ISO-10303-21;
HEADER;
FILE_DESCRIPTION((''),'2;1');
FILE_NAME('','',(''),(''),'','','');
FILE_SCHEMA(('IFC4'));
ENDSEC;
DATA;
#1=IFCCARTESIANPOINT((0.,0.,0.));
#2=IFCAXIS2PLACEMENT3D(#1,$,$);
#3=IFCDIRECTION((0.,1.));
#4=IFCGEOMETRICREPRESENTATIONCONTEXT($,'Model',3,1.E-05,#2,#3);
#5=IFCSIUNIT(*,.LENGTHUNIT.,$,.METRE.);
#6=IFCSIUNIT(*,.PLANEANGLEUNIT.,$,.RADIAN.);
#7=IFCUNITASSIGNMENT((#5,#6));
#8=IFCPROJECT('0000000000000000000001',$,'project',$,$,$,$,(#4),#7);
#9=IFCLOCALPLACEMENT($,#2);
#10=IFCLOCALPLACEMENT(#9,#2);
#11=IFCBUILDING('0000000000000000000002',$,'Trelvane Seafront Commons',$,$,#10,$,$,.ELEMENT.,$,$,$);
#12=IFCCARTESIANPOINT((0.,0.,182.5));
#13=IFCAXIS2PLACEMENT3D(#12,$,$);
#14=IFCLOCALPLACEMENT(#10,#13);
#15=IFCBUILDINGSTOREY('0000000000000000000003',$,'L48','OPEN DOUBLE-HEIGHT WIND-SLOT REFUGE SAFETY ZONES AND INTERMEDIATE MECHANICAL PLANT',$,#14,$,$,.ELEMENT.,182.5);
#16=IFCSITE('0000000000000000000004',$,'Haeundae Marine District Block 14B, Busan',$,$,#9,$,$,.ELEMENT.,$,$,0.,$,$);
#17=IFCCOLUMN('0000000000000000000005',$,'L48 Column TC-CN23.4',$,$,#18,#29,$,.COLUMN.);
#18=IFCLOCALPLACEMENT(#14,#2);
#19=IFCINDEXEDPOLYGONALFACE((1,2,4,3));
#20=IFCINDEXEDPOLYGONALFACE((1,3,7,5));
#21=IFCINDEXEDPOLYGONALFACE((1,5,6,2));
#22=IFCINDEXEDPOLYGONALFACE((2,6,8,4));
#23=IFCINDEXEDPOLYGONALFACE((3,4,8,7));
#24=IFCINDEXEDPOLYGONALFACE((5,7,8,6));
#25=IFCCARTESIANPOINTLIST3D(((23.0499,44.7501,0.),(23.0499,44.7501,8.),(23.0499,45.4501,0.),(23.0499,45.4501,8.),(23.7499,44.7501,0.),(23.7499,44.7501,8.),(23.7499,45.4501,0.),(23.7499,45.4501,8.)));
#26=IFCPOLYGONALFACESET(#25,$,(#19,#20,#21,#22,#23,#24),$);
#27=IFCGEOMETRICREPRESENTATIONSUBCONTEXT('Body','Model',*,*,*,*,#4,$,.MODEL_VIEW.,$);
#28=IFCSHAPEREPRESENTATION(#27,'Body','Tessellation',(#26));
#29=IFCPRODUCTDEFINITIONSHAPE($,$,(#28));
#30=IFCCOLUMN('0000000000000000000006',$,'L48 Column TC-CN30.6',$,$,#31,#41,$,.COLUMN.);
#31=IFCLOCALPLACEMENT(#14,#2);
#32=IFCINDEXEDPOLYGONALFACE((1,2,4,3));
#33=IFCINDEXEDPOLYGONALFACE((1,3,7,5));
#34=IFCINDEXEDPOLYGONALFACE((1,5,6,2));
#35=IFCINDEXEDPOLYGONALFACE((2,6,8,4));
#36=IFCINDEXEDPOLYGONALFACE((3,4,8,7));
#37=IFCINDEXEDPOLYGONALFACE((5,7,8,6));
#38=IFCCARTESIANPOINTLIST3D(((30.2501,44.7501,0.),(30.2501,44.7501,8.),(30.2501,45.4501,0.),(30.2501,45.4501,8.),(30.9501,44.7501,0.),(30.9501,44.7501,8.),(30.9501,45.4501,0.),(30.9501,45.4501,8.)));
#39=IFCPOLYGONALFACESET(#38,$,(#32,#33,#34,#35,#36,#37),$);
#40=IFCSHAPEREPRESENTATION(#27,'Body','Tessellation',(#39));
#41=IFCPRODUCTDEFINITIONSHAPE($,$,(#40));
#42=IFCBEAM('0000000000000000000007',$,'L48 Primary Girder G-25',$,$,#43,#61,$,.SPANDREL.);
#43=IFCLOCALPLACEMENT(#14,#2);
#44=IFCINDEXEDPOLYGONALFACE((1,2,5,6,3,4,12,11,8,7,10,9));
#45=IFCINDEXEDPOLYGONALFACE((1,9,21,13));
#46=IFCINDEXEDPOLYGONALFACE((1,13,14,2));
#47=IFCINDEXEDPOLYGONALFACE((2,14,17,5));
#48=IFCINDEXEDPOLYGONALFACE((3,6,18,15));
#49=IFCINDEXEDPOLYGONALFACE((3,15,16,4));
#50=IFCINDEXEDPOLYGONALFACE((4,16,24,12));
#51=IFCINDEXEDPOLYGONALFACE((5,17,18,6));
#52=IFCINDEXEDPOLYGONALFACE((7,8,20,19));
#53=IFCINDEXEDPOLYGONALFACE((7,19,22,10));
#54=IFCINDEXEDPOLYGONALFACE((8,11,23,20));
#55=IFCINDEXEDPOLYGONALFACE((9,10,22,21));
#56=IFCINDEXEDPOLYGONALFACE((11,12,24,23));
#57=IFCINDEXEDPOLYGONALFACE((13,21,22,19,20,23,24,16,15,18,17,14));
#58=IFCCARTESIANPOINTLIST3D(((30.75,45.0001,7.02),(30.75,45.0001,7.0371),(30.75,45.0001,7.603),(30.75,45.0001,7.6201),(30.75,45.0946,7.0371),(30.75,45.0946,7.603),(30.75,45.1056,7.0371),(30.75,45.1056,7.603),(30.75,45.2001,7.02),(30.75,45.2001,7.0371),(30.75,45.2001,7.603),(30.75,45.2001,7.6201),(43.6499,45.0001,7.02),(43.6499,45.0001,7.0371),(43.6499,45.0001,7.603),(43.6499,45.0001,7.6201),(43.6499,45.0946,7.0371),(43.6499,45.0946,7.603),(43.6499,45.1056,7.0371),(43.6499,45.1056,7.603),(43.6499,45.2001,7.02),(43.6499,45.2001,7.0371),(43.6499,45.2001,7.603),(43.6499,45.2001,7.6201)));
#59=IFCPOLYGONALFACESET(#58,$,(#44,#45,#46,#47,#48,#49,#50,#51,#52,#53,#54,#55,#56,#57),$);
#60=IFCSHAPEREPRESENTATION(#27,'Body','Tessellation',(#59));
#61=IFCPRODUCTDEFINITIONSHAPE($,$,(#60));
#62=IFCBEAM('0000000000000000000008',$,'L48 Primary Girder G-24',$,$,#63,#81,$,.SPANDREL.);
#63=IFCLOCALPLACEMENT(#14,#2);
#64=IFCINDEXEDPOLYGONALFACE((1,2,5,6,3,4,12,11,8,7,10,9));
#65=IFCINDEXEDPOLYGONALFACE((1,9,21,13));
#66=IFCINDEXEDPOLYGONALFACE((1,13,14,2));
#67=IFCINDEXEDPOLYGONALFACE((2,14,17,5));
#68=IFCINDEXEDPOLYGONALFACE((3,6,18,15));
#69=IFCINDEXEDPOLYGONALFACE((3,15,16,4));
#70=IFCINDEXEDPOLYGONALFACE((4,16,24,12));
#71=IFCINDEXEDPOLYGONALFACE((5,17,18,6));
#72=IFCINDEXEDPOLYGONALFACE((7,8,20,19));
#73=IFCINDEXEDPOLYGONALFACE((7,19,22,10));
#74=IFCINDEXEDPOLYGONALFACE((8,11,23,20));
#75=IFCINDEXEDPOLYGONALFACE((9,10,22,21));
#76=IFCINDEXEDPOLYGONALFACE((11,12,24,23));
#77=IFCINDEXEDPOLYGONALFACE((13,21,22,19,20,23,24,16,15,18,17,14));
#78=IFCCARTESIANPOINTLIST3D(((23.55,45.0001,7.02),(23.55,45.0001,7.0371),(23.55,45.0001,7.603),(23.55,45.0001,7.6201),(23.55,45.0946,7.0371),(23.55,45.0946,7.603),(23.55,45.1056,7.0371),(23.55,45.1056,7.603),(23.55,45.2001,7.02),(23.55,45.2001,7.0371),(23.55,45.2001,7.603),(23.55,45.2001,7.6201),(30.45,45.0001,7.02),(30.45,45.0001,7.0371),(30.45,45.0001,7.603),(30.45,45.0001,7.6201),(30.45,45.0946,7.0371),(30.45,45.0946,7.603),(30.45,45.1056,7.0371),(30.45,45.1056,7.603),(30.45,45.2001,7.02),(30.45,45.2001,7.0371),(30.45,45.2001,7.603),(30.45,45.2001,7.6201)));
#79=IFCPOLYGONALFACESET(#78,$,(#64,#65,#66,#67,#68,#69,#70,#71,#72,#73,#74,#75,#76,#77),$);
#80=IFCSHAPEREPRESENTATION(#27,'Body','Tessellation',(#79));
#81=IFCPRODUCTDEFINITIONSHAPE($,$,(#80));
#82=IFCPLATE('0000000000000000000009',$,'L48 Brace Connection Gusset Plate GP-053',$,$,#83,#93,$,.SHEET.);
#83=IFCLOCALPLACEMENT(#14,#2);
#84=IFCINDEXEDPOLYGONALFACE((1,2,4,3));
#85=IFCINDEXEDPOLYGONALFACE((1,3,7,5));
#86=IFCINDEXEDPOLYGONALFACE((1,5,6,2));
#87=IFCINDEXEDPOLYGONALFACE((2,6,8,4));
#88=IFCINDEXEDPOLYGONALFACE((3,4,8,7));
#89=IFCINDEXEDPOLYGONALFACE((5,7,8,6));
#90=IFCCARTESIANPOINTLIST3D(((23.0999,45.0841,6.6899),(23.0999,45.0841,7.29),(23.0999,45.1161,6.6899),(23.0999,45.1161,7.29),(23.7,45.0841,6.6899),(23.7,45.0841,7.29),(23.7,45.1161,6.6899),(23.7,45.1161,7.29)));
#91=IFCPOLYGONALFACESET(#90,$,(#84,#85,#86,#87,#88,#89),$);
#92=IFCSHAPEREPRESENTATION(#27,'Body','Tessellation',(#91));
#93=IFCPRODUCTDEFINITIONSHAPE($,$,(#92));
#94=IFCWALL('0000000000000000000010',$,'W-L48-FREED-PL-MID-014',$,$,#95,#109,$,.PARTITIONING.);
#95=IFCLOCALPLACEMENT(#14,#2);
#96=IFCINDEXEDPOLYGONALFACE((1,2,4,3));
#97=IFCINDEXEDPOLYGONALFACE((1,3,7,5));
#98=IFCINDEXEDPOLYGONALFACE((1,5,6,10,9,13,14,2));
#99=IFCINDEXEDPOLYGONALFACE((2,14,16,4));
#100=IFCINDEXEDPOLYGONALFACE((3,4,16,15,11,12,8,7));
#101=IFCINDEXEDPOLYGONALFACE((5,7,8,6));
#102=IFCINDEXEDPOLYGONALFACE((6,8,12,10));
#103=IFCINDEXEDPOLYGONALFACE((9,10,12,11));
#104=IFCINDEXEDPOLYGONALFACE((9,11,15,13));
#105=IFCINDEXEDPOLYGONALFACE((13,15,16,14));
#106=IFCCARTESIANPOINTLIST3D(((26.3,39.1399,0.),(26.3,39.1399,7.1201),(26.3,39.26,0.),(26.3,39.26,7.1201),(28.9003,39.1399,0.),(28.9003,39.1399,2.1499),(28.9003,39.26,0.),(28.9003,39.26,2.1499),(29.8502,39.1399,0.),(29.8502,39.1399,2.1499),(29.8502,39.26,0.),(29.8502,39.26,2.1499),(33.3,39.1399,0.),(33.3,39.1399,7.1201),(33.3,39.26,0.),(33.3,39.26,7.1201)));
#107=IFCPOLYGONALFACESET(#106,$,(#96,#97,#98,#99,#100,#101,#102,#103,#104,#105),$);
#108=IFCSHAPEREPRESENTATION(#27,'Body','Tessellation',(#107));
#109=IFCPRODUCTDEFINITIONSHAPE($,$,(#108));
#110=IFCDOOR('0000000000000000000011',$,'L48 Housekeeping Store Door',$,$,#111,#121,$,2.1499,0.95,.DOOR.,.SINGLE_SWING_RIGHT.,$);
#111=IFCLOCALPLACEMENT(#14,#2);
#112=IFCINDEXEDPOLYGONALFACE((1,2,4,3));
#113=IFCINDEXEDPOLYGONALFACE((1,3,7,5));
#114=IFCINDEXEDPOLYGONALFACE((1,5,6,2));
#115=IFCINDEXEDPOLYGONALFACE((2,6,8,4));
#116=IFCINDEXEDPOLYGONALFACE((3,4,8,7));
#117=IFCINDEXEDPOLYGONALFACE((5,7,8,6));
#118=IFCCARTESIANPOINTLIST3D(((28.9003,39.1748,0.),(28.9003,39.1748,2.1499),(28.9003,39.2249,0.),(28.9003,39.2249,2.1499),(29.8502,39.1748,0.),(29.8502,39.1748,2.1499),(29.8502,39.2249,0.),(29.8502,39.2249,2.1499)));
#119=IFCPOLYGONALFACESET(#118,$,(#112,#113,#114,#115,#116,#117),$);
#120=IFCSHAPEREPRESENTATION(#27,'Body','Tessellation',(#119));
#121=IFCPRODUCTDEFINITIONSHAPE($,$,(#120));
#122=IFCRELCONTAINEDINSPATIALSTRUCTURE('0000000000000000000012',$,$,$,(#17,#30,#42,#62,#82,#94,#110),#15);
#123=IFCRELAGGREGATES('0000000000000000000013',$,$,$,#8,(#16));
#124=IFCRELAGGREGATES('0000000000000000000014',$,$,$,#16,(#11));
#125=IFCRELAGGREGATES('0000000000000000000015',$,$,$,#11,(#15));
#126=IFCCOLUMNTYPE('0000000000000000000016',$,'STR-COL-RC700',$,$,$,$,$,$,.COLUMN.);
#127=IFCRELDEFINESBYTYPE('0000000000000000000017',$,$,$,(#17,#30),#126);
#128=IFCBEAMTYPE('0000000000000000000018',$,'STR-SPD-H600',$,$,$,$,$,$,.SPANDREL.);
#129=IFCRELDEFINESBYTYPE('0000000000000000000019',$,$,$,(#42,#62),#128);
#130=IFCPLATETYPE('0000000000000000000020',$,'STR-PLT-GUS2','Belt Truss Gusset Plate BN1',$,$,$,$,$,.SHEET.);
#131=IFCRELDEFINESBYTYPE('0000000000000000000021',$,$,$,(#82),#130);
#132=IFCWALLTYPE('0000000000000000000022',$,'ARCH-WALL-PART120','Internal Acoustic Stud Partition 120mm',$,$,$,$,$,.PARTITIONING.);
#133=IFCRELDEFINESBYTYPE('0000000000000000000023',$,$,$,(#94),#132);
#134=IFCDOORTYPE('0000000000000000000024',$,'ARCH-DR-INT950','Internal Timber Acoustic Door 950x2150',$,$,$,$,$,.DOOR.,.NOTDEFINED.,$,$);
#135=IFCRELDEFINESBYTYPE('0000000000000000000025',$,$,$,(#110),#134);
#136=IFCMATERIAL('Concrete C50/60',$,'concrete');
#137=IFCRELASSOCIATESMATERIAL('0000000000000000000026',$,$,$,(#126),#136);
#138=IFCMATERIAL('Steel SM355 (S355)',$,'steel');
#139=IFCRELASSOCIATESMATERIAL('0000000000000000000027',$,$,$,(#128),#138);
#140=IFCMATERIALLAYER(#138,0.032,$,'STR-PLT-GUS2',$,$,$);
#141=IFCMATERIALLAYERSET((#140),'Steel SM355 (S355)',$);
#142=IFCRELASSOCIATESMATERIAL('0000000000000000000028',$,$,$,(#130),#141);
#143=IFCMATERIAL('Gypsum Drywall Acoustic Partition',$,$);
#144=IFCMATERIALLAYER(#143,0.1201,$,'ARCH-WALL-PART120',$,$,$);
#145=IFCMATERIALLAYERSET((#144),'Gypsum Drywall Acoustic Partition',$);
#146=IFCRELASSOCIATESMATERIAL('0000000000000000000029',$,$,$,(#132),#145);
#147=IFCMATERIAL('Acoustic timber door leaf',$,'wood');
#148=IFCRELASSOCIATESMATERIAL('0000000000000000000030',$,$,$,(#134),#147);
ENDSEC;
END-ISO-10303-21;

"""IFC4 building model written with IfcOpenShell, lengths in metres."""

from ifc_helpers import new_model, si_unit, direction, frame, frame_2d, origin, origin_2d, place, context, subcontext, project, spatial, rectangle, i_section, extrude, source, transform, mapped, material, layer, layer_set, material_profile, profile_set, type_object, element, fill, save


model = new_model("IFC4")

# Units and contexts
model_context = context("Model", 3, precision=1e-05, world=origin(), true_north=direction((0.0, 1.0)))
body_context = subcontext(model_context, "Body", "Model", "MODEL_VIEW")
ifc_project = project(units=[si_unit("LENGTHUNIT", "METRE"), si_unit("PLANEANGLEUNIT", "RADIAN")], contexts=[model_context])

# Site, building, storey
site_placement = place(None, origin())
site = spatial("IfcSite", under=ifc_project, at=site_placement, Name="Haeundae Marine District Block 14B, Busan", CompositionType="ELEMENT", RefElevation=0.0)
building_placement = place(site_placement, origin())
building = spatial("IfcBuilding", under=site, at=building_placement, Name="Trelvane Seafront Commons", CompositionType="ELEMENT")
storey_placement = place(building_placement, frame((0.0, 0.0, 182.5)))
storey = spatial("IfcBuildingStorey", under=building, at=storey_placement, Name="L48", Description="OPEN DOUBLE-HEIGHT WIND-SLOT REFUGE SAFETY ZONES AND INTERMEDIATE MECHANICAL PLANT", CompositionType="ELEMENT", Elevation=182.5)

# Columns
ifc_material_1 = material(Name="Concrete C50/60", Category="concrete")
ifc_material_profile_1 = material_profile(ifc_material_1, rectangle(XDim=0.7, YDim=0.7, at=origin_2d()), Name="RC-700x700")
ifc_profile_set_1 = profile_set([ifc_material_profile_1], Name="Concrete C50/60")
column_type = type_object("IfcColumnType", Name="STR-COL-RC700", PredefinedType="COLUMN", material=ifc_profile_set_1)
shared_shape_1 = source(origin(), body_context, "Body", "SweptSolid", [
    extrude(rectangle(XDim=0.7, YDim=0.7, at=origin_2d()), origin(), (0.0, 0.0, 1.0), 8.0),
])
for number, where, z_axis, x_axis, name in (
    (1, (23.3999, 45.1001, 0.0), (0.0, 0.0, 1.0), (1.0, 0.0, 0.0), "L48 Column TC-CN23.4"),
    (2, (30.6001, 45.1001, 0.0), (0.0, 0.0, 1.0), (1.0, 0.0, 0.0), "L48 Column TC-CN30.6"),
):
    element("IfcColumn", number, at=place(storey_placement, frame(where, z_axis=z_axis, x_axis=x_axis)), inside=storey, type_object=column_type, Name=name, PredefinedType="COLUMN", context=body_context, shape_type="MappedRepresentation", body=[
        mapped(shared_shape_1, transform((0.0, 0.0, 0.0), x_axis=(1.0, 0.0, 0.0), y_axis=(0.0, 1.0, 0.0), z_axis=(0.0, 0.0, 1.0), scale=1.0)),
    ])

# Beams
ifc_material_2 = material(Name="Steel SM355 (S355)", Category="steel")
ifc_material_profile_2 = material_profile(ifc_material_2, i_section(OverallWidth=0.2, OverallDepth=0.6001, WebThickness=0.011, FlangeThickness=0.0171, at=origin_2d()), Name="H-600x200x11x17")
ifc_profile_set_2 = profile_set([ifc_material_profile_2], Name="Steel SM355 (S355)")
beam_type = type_object("IfcBeamType", Name="STR-SPD-H600", PredefinedType="SPANDREL", material=ifc_profile_set_2)
shared_shape_2 = source(origin(), body_context, "Body", "SweptSolid", [
    extrude(i_section(OverallWidth=0.2, OverallDepth=0.6001, WebThickness=0.011, FlangeThickness=0.0171, at=origin_2d()), origin(), (0.0, 0.0, 1.0), 12.8999),
])
beam_1_placement = place(storey_placement, frame((30.75, 45.1001, 7.3201), z_axis=(1.0, 0.0, 0.0), x_axis=(0.0, 1.0, 0.0)))
element("IfcBeam", 3, at=beam_1_placement, inside=storey, type_object=beam_type, Name="L48 Primary Girder G-25", PredefinedType="SPANDREL", context=body_context, shape_type="MappedRepresentation", body=[
    mapped(shared_shape_2, transform((0.0, 0.0, 0.0), x_axis=(1.0, 0.0, 0.0), y_axis=(0.0, 1.0, 0.0), z_axis=(0.0, 0.0, 1.0), scale=1.0)),
])
shared_shape_3 = source(origin(), body_context, "Body", "SweptSolid", [
    extrude(i_section(OverallWidth=0.2, OverallDepth=0.6001, WebThickness=0.011, FlangeThickness=0.0171, at=origin_2d()), origin(), (0.0, 0.0, 1.0), 6.8999),
])
beam_2_placement = place(storey_placement, frame((23.55, 45.1001, 7.3201), z_axis=(1.0, 0.0, 0.0), x_axis=(0.0, 1.0, 0.0)))
element("IfcBeam", 4, at=beam_2_placement, inside=storey, type_object=beam_type, Name="L48 Primary Girder G-24", PredefinedType="SPANDREL", context=body_context, shape_type="MappedRepresentation", body=[
    mapped(shared_shape_3, transform((0.0, 0.0, 0.0), x_axis=(1.0, 0.0, 0.0), y_axis=(0.0, 1.0, 0.0), z_axis=(0.0, 0.0, 1.0), scale=1.0)),
])

# Plate
ifc_layer_1 = layer(ifc_material_2, 0.032, Name="STR-PLT-GUS2")
ifc_layer_set_1 = layer_set([ifc_layer_1], Name="Steel SM355 (S355)")
plate_type = type_object("IfcPlateType", Name="STR-PLT-GUS2", Description="Belt Truss Gusset Plate BN1", PredefinedType="SHEET", material=ifc_layer_set_1)
shared_shape_4 = source(origin(), body_context, "Body", "SweptSolid", [
    extrude(rectangle(XDim=0.6001, YDim=0.032, at=origin_2d()), origin(), (0.0, 0.0, 1.0), 0.6001),
])
plate_placement = place(storey_placement, frame((23.3999, 45.1001, 6.6899), z_axis=(0.0, 0.0, 1.0), x_axis=(1.0, 0.0, 0.0)))
element("IfcPlate", 5, at=plate_placement, inside=storey, type_object=plate_type, Name="L48 Brace Connection Gusset Plate GP-053", PredefinedType="SHEET", context=body_context, shape_type="MappedRepresentation", body=[
    mapped(shared_shape_4, transform((0.0, 0.0, 0.0), x_axis=(1.0, 0.0, 0.0), y_axis=(0.0, 1.0, 0.0), z_axis=(0.0, 0.0, 1.0), scale=1.0)),
])

# Wall, opening, door
ifc_material_3 = material(Name="Gypsum Drywall Acoustic Partition")
ifc_layer_2 = layer(ifc_material_3, 0.1201, Name="ARCH-WALL-PART120")
ifc_layer_set_2 = layer_set([ifc_layer_2], Name="Gypsum Drywall Acoustic Partition")
wall_type_1 = type_object("IfcWallType", Name="ARCH-WALL-PART120", Description="Internal Acoustic Stud Partition 120mm", PredefinedType="PARTITIONING", material=ifc_layer_set_2)
wall_1_placement = place(storey_placement, frame((26.3, 39.2, 0.0), z_axis=(0.0, 0.0, 1.0), x_axis=(1.0, 0.0, 0.0)))
wall_1 = element("IfcWall", 6, at=wall_1_placement, inside=storey, type_object=wall_type_1, Name="W-L48-FREED-PL-MID-014", PredefinedType="PARTITIONING", context=body_context, shape_type="SweptSolid", body=[
    extrude(rectangle(XDim=7.0, YDim=0.1201, at=frame_2d((3.5, 0.0))), origin(), (0.0, 0.0, 1.0), 7.1201),
])
opening_1_placement = place(wall_1_placement, frame((2.6001, 0.0, 0.0)))
opening_1 = element("IfcOpeningElement", 7, at=opening_1_placement, cuts=wall_1, PredefinedType="OPENING", context=body_context, shape_type="SweptSolid", body=[
    extrude(rectangle(XDim=0.95, YDim=2.1499, at=frame_2d((0.4751, 1.075))), frame((0.0, 0.0701, 0.0), z_axis=(0.0, -1.0, 0.0), x_axis=(1.0, 0.0, 0.0)), (0.0, 0.0, 1.0), 0.1401),
])
ifc_material_4 = material(Name="Acoustic timber door leaf", Category="wood")
door_type_1 = type_object("IfcDoorType", Name="ARCH-DR-INT950", Description="Internal Timber Acoustic Door 950x2150", OperationType="NOTDEFINED", PredefinedType="DOOR", material=ifc_material_4)
shared_shape_5 = source(origin(), body_context, "Body", "SweptSolid", [
    extrude(rectangle(XDim=0.95, YDim=2.1499, at=frame_2d((0.4751, 1.075))), frame((0.0, 0.0249, 0.0), z_axis=(0.0, -1.0, 0.0), x_axis=(1.0, 0.0, 0.0)), (0.0, 0.0, 1.0), 0.05),
])
door_1_placement = place(opening_1_placement, origin())
door_1 = element("IfcDoor", 8, at=door_1_placement, inside=storey, type_object=door_type_1, Name="L48 Housekeeping Store Door", OperationType="SINGLE_SWING_RIGHT", OverallHeight=2.1499, OverallWidth=0.95, PredefinedType="DOOR", context=body_context, shape_type="MappedRepresentation", body=[
    mapped(shared_shape_5, transform((0.0, 0.0, 0.0), x_axis=(1.0, 0.0, 0.0), y_axis=(0.0, 1.0, 0.0), z_axis=(0.0, 0.0, 1.0), scale=1.0)),
])
fill(opening_1, door_1)

save(model, "model.ifc")
